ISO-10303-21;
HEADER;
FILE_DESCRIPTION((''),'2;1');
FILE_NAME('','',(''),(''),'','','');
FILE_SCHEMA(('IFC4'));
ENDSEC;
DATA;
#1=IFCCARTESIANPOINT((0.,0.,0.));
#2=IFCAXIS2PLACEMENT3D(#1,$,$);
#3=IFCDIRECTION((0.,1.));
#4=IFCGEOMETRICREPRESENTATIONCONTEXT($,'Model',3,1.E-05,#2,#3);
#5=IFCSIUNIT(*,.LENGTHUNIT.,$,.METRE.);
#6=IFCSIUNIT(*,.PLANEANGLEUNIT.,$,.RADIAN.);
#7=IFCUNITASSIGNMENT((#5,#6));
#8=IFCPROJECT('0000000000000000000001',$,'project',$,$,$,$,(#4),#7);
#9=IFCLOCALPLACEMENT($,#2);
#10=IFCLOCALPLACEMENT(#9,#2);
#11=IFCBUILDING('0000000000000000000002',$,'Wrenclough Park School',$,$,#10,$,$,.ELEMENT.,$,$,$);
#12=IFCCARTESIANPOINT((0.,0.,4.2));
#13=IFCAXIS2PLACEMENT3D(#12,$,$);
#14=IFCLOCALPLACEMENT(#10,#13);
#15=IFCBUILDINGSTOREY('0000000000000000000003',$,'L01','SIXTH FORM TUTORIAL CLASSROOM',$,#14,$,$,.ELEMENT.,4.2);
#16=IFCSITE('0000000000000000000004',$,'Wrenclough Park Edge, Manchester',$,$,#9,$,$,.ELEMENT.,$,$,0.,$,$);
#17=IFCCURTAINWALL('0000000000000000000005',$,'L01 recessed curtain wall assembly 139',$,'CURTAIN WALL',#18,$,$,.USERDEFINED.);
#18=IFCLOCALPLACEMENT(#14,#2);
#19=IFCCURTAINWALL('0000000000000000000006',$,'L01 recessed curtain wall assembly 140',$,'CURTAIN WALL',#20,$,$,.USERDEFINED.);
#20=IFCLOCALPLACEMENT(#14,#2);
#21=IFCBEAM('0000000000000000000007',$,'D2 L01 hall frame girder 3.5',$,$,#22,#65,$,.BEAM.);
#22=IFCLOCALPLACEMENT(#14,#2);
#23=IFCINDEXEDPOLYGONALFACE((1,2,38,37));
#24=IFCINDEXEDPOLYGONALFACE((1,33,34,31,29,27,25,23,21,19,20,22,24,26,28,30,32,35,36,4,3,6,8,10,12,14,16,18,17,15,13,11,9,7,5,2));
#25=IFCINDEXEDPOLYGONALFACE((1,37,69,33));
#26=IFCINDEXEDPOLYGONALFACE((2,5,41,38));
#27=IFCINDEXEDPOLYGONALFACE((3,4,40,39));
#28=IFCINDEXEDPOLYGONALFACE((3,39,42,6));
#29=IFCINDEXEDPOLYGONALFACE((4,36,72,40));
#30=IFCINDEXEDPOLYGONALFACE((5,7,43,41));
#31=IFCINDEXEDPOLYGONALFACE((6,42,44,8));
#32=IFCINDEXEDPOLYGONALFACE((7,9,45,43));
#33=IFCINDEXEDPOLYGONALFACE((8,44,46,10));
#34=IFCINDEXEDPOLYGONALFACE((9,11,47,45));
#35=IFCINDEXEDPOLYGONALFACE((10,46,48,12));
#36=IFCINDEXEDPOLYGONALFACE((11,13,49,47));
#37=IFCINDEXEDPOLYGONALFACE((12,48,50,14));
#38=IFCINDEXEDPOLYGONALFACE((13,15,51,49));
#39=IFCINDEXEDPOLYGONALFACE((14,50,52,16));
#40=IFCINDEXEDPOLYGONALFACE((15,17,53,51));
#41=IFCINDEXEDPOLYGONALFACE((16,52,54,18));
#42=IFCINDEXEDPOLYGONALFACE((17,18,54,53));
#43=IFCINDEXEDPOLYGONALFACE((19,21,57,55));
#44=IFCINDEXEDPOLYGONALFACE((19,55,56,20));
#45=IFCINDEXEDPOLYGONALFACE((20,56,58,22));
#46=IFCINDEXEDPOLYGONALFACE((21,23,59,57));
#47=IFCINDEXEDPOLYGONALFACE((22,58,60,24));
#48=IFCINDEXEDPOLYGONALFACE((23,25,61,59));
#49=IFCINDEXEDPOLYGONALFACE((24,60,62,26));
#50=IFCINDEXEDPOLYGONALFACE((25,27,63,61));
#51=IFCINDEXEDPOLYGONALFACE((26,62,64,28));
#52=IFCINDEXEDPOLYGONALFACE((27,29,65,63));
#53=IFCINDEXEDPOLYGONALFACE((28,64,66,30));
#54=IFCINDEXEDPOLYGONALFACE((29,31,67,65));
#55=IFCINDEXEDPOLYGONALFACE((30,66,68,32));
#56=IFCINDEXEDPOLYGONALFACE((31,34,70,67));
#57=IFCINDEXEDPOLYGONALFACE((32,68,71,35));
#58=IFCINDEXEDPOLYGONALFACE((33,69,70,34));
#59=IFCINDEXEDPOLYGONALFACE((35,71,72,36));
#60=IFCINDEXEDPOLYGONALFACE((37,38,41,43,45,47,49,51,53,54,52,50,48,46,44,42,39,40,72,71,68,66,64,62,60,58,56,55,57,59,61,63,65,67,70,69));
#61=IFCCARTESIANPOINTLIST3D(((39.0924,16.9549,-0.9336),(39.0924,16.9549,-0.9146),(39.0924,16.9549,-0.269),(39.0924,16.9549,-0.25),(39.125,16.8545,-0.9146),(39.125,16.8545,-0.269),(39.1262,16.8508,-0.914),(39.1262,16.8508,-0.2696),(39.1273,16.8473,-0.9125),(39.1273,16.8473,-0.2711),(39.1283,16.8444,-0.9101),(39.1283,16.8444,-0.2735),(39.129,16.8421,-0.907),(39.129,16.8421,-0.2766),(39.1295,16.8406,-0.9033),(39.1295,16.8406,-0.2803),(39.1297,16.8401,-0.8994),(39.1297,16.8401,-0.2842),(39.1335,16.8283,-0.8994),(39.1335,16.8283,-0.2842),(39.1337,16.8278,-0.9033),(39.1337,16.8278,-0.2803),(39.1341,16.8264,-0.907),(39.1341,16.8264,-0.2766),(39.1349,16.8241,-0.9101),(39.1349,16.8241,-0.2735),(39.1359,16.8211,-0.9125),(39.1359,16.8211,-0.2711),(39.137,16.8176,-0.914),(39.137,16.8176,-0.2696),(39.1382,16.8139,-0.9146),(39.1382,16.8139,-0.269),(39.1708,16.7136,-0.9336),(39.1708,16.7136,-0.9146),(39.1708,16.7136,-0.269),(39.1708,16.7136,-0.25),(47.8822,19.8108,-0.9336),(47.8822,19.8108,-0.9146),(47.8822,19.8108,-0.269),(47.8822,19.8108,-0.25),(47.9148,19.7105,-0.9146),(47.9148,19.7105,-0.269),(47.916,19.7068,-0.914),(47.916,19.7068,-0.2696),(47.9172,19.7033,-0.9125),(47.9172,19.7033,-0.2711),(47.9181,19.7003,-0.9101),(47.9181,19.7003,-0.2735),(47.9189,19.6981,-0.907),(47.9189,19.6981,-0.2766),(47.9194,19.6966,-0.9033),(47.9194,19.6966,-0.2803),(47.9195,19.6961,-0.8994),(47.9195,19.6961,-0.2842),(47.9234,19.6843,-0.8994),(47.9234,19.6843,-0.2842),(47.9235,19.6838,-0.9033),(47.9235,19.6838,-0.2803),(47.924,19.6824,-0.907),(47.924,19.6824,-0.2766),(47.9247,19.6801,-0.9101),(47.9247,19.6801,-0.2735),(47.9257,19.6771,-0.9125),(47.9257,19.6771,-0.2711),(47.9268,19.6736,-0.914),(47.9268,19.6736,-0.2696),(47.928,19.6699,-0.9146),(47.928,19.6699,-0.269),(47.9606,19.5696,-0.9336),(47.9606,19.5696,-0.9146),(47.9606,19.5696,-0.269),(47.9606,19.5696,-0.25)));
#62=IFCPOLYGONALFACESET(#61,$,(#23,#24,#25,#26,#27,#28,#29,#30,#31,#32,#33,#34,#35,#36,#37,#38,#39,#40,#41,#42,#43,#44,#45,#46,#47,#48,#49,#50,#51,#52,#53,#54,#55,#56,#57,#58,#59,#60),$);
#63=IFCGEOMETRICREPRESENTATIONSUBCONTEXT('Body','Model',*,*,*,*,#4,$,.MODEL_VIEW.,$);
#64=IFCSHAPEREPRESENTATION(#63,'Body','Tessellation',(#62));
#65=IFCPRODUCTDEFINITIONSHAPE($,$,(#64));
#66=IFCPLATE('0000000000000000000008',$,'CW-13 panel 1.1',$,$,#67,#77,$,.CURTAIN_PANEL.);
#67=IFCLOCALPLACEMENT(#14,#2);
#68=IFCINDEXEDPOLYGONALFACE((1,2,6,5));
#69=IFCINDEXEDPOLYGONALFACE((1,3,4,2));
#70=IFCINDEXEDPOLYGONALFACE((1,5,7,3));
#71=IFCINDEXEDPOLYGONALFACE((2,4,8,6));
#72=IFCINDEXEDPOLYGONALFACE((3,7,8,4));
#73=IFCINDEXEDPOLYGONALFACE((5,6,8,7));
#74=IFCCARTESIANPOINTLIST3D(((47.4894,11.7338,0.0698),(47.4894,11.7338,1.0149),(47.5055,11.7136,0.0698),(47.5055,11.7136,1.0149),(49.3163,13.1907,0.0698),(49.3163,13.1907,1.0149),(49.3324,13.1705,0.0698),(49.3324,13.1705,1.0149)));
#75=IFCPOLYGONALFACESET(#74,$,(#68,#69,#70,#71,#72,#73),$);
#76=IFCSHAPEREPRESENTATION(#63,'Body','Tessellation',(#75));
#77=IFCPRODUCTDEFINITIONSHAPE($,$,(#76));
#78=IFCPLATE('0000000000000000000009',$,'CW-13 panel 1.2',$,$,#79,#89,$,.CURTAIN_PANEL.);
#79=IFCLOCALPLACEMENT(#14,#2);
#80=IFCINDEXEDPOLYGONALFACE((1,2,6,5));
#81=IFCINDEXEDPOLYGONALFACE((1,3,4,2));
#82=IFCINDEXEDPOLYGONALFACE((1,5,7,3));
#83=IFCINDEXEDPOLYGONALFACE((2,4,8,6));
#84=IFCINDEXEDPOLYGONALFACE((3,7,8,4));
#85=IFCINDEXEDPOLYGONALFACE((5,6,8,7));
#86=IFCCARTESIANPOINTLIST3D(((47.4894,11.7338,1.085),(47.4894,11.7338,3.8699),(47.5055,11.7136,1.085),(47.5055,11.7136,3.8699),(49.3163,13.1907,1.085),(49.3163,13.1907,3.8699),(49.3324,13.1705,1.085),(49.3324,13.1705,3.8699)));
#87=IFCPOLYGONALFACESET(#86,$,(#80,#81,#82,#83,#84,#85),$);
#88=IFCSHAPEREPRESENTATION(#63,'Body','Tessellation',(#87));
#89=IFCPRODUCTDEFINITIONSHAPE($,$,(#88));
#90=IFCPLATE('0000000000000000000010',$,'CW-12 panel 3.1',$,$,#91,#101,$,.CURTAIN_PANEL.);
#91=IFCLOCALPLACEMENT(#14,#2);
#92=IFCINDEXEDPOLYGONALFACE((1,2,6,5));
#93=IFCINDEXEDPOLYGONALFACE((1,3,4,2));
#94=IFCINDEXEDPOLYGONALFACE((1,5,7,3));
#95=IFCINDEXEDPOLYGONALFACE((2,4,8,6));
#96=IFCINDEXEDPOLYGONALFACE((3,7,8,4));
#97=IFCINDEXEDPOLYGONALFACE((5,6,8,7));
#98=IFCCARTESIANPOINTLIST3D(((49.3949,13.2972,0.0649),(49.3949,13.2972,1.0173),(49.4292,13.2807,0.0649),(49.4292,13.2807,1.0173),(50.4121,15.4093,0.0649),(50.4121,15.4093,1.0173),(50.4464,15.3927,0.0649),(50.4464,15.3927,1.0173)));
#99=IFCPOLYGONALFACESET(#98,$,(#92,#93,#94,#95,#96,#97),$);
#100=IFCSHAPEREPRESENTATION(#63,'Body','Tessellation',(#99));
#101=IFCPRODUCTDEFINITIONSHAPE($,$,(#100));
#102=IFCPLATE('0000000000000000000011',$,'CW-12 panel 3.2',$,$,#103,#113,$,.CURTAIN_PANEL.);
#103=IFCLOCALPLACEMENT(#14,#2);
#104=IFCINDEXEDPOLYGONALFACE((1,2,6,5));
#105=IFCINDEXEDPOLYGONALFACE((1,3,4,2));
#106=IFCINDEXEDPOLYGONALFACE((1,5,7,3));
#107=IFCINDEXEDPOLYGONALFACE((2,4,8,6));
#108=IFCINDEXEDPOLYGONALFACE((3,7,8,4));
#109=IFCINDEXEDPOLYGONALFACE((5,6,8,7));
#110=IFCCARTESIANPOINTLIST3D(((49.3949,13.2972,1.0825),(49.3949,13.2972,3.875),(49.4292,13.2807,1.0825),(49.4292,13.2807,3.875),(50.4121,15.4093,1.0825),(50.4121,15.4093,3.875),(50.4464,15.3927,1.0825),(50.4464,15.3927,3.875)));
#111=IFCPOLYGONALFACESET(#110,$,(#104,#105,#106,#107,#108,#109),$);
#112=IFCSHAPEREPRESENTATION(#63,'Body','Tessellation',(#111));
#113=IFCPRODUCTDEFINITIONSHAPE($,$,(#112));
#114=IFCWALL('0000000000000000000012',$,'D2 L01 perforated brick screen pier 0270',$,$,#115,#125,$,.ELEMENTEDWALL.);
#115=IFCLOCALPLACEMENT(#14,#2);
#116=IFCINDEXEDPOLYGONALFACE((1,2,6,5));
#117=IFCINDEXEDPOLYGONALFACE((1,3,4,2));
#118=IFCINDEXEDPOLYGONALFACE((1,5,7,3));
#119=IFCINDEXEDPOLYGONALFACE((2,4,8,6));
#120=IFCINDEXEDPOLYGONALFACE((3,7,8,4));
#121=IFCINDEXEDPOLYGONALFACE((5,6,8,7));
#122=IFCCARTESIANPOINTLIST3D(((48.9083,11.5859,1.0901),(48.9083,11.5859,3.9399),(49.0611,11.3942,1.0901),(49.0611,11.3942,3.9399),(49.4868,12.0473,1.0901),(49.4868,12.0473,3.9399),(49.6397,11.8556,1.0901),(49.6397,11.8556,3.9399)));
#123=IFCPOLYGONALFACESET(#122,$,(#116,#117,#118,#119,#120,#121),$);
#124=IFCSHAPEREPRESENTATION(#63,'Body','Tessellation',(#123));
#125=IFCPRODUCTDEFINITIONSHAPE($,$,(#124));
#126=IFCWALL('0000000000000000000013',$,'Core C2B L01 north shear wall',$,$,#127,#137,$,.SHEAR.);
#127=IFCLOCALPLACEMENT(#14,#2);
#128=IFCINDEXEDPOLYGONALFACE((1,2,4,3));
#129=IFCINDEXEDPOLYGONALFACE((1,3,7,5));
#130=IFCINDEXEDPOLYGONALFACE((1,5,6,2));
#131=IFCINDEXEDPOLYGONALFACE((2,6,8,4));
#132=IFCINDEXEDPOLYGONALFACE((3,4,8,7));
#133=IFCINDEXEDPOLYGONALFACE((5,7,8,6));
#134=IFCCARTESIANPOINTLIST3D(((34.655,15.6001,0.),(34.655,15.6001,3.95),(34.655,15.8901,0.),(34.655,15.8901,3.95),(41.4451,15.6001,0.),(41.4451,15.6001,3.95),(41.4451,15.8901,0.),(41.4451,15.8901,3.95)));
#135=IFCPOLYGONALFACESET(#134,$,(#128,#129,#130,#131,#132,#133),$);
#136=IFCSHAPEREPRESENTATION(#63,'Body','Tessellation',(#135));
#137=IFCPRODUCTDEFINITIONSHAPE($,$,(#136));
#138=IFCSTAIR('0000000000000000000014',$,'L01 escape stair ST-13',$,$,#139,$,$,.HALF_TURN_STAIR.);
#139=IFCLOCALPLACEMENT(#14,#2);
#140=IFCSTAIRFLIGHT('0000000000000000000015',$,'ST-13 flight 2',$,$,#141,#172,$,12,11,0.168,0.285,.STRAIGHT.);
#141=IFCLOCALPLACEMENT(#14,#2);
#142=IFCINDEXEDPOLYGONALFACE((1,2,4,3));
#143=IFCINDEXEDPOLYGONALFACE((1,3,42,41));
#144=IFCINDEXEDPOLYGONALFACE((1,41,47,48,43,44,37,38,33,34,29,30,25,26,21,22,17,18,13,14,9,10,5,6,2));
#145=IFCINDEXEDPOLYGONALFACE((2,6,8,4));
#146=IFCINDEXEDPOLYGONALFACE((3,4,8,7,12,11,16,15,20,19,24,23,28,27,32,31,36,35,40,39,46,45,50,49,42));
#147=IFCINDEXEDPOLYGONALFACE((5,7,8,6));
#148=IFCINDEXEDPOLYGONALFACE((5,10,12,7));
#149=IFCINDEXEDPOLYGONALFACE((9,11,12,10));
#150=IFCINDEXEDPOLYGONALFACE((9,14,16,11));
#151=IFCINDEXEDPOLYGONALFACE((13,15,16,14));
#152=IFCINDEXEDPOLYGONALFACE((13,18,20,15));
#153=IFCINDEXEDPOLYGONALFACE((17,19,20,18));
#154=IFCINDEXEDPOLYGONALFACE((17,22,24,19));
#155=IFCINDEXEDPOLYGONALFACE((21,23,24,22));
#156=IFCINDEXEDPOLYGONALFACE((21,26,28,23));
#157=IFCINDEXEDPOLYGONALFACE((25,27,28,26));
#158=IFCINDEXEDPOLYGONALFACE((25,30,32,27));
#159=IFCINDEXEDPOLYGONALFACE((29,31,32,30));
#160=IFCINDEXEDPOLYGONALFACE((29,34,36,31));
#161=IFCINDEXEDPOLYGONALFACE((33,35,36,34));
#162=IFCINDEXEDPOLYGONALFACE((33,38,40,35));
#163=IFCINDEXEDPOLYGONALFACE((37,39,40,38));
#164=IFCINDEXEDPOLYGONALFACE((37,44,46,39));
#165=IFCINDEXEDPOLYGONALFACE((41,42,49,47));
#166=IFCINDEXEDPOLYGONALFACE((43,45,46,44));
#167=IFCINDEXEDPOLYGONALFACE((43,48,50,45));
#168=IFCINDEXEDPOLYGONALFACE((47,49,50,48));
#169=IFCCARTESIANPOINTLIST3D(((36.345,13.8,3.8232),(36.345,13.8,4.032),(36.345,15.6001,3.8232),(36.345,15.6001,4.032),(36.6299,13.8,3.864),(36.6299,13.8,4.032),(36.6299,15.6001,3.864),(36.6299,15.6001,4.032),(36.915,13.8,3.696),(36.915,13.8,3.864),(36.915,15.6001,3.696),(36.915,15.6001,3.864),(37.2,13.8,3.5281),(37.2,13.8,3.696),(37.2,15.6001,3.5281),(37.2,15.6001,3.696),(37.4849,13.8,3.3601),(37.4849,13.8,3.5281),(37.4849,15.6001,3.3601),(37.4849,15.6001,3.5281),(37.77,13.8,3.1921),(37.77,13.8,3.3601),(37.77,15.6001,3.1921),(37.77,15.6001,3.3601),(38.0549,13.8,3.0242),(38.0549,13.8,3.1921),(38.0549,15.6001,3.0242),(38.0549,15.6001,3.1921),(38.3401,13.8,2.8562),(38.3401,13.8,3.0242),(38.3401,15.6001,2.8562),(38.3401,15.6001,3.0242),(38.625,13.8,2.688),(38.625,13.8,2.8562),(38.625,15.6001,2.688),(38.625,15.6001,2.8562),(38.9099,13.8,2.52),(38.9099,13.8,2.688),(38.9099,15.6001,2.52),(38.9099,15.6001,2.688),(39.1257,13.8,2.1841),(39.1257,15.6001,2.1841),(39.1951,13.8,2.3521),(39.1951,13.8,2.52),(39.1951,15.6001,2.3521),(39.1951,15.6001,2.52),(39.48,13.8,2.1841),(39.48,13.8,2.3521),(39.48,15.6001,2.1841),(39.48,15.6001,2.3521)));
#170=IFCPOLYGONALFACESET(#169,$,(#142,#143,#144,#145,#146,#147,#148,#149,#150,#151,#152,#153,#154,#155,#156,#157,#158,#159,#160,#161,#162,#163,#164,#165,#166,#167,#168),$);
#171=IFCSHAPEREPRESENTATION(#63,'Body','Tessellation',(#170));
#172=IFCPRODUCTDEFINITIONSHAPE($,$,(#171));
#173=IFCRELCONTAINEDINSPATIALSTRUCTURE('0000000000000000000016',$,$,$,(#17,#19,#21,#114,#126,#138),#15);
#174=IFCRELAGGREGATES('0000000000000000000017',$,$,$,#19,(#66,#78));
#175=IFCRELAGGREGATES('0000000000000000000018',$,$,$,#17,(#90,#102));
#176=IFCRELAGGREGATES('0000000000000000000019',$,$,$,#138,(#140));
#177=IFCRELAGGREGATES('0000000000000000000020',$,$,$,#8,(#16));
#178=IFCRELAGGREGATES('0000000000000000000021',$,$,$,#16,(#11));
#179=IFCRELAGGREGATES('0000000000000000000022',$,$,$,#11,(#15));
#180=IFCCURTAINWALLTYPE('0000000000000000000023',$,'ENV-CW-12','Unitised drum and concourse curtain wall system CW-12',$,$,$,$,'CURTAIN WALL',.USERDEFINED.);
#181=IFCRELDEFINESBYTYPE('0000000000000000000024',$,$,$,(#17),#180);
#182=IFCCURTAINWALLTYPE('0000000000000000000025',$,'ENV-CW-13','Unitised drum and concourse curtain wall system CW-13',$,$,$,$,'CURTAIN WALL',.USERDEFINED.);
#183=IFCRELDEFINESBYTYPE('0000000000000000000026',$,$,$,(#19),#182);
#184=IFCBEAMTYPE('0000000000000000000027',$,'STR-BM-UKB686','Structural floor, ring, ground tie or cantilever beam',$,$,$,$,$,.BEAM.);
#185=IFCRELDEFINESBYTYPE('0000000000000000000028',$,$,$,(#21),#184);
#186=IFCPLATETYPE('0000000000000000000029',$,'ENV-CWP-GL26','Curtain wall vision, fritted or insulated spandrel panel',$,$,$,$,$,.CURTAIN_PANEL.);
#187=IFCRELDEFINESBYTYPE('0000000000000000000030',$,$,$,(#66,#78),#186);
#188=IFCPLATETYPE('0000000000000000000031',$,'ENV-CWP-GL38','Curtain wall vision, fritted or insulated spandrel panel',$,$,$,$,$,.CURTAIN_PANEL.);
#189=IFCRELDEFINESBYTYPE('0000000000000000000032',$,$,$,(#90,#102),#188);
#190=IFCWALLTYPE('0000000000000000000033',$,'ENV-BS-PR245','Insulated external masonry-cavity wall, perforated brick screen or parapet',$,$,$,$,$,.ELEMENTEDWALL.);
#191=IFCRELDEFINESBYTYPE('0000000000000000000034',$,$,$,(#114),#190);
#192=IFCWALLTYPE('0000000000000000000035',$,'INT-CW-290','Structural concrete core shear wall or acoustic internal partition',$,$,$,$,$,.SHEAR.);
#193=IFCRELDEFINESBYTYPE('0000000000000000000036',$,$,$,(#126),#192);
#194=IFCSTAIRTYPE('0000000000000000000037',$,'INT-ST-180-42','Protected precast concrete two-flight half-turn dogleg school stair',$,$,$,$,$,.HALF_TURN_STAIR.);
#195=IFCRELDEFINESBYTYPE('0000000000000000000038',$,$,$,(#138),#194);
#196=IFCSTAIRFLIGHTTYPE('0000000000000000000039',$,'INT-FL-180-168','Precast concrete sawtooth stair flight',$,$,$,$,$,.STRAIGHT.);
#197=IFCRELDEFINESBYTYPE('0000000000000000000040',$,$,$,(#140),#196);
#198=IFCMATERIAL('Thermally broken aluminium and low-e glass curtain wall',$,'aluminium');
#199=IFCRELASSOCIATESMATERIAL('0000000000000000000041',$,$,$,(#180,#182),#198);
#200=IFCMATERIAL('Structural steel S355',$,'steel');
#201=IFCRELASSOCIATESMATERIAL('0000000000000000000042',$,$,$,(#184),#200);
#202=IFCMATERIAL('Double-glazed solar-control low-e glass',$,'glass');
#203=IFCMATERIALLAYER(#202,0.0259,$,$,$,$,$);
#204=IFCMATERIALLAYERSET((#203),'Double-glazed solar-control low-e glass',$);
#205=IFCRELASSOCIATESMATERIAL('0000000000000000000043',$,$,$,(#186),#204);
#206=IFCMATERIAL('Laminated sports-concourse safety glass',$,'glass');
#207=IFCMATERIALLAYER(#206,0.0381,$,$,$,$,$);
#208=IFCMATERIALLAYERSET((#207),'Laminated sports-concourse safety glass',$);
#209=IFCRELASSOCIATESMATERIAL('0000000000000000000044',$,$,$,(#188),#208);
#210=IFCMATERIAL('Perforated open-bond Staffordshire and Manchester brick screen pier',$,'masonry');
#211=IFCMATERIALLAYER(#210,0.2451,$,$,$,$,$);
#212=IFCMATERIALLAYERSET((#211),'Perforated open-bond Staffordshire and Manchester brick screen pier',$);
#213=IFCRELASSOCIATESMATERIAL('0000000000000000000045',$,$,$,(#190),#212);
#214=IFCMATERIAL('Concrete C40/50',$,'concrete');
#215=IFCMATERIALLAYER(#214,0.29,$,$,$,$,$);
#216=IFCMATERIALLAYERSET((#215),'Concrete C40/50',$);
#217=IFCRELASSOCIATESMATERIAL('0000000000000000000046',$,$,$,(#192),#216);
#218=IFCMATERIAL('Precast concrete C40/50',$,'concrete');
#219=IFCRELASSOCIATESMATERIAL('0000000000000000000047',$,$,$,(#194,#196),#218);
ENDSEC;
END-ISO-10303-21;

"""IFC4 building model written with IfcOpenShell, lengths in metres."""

from ifc_helpers import new_model, si_unit, direction, frame, frame_2d, origin, origin_2d, place, context, subcontext, project, spatial, polyline, rectangle, i_section, outline, extrude, material, layer, layer_set, material_profile, profile_set, type_object, element, aggregate, save


model = new_model("IFC4")

# Units and contexts
model_context = context("Model", 3, precision=1e-05, world=origin(), true_north=direction((0.0, 1.0)))
body_context = subcontext(model_context, "Body", "Model", "MODEL_VIEW")
ifc_project = project(units=[si_unit("LENGTHUNIT", "METRE"), si_unit("PLANEANGLEUNIT", "RADIAN")], contexts=[model_context])

# Site, building, storey
site_placement = place(None, origin())
site = spatial("IfcSite", under=ifc_project, at=site_placement, Name="Wrenclough Park Edge, Manchester", CompositionType="ELEMENT", RefElevation=0.0)
building_placement = place(site_placement, origin())
building = spatial("IfcBuilding", under=site, at=building_placement, Name="Wrenclough Park School", CompositionType="ELEMENT")
storey_placement = place(building_placement, frame((0.0, 0.0, 4.2)))
storey = spatial("IfcBuildingStorey", under=building, at=storey_placement, Name="L01", Description="SIXTH FORM TUTORIAL CLASSROOM", CompositionType="ELEMENT", Elevation=4.2)

# Shared definitions
ifc_material_1 = material(Name="Concrete C40/50", Category="concrete")
ifc_material_2 = material(Name="Structural steel S355", Category="steel")

# Curtain wall
ifc_material_3 = material(Name="Thermally broken aluminium and low-e glass curtain wall", Category="aluminium")
curtain_wall_type_1 = type_object("IfcCurtainWallType", Name="ENV-CW-12", Description="Unitised drum and concourse curtain wall system CW-12", ElementType="CURTAIN WALL", PredefinedType="USERDEFINED", material=ifc_material_3)
curtain_wall_1_placement = place(storey_placement, origin())
curtain_wall_1 = element("IfcCurtainWall", 1, at=curtain_wall_1_placement, inside=storey, type_object=curtain_wall_type_1, Name="L01 recessed curtain wall assembly 139", ObjectType="CURTAIN WALL", PredefinedType="USERDEFINED")

# Curtain wall
curtain_wall_type_2 = type_object("IfcCurtainWallType", Name="ENV-CW-13", Description="Unitised drum and concourse curtain wall system CW-13", ElementType="CURTAIN WALL", PredefinedType="USERDEFINED", material=ifc_material_3)
curtain_wall_2_placement = place(storey_placement, origin())
curtain_wall_2 = element("IfcCurtainWall", 2, at=curtain_wall_2_placement, inside=storey, type_object=curtain_wall_type_2, Name="L01 recessed curtain wall assembly 140", ObjectType="CURTAIN WALL", PredefinedType="USERDEFINED")

# Beam
ifc_material_profile_1 = material_profile(ifc_material_2, i_section(OverallWidth=0.2537, OverallDepth=0.6836, WebThickness=0.0125, FlangeThickness=0.019, FilletRadius=0.0151, at=origin_2d()), Name="UKB 686x254x140")
ifc_profile_set_1 = profile_set([ifc_material_profile_1], Name="Structural steel S355")
beam_type_1 = type_object("IfcBeamType", Name="STR-BM-UKB686", Description="Structural floor, ring, ground tie or cantilever beam", PredefinedType="BEAM", material=ifc_profile_set_1)
beam_1_placement = place(storey_placement, frame((39.1316, 16.8342, -0.5918), z_axis=(0.951057, 0.309015, 0.0), x_axis=(-0.309015, 0.951057, 0.0)))
element("IfcBeam", 3, at=beam_1_placement, inside=storey, type_object=beam_type_1, Name="D2 L01 hall frame girder 3.5", PredefinedType="BEAM", context=body_context, shape_type="SweptSolid", body=[
    extrude(i_section(OverallWidth=0.2537, OverallDepth=0.6836, WebThickness=0.0125, FlangeThickness=0.019, FilletRadius=0.0151, at=origin_2d()), origin(), (0.0, 0.0, 1.0), 9.2422),
])

# Plates
ifc_material_4 = material(Name="Double-glazed solar-control low-e glass", Category="glass")
ifc_layer_1 = layer(ifc_material_4, 0.0259)
ifc_layer_set_1 = layer_set([ifc_layer_1], Name="Double-glazed solar-control low-e glass")
plate_type_1 = type_object("IfcPlateType", Name="ENV-CWP-GL26", Description="Curtain wall vision, fritted or insulated spandrel panel", PredefinedType="CURTAIN_PANEL", material=ifc_layer_set_1)
plate_1_placement = place(storey_placement, frame((48.4109, 12.4521, 0.0698), z_axis=(0.0, 0.0, 1.0), x_axis=(-0.781836, -0.623484, 0.0)))
plate_1 = element("IfcPlate", 4, at=plate_1_placement, type_object=plate_type_1, Name="CW-13 panel 1.1", PredefinedType="CURTAIN_PANEL", context=body_context, shape_type="SweptSolid", body=[
    extrude(rectangle(XDim=2.3367, YDim=0.0259, at=origin_2d()), origin(), (0.0, 0.0, 1.0), 0.9451),
])
plate_2_placement = place(storey_placement, frame((48.4109, 12.4521, 1.085), z_axis=(0.0, 0.0, 1.0), x_axis=(-0.781836, -0.623484, 0.0)))
plate_2 = element("IfcPlate", 5, at=plate_2_placement, type_object=plate_type_1, Name="CW-13 panel 1.2", PredefinedType="CURTAIN_PANEL", context=body_context, shape_type="SweptSolid", body=[
    extrude(rectangle(XDim=2.3367, YDim=0.0259, at=origin_2d()), origin(), (0.0, 0.0, 1.0), 2.7849),
])
aggregate(curtain_wall_2, [plate_1, plate_2])
ifc_material_5 = material(Name="Laminated sports-concourse safety glass", Category="glass")
ifc_layer_2 = layer(ifc_material_5, 0.0381)
ifc_layer_set_2 = layer_set([ifc_layer_2], Name="Laminated sports-concourse safety glass")
plate_type_2 = type_object("IfcPlateType", Name="ENV-CWP-GL38", Description="Curtain wall vision, fritted or insulated spandrel panel", PredefinedType="CURTAIN_PANEL", material=ifc_layer_set_2)
plate_3_placement = place(storey_placement, frame((49.9207, 14.345, 0.0649), z_axis=(0.0, 0.0, 1.0), x_axis=(-0.433895, -0.900964, 0.0)))
plate_3 = element("IfcPlate", 6, at=plate_3_placement, type_object=plate_type_2, Name="CW-12 panel 3.1", PredefinedType="CURTAIN_PANEL", context=body_context, shape_type="SweptSolid", body=[
    extrude(rectangle(XDim=2.3442, YDim=0.0381, at=origin_2d()), origin(), (0.0, 0.0, 1.0), 0.9524),
])
plate_4_placement = place(storey_placement, frame((49.9207, 14.345, 1.0825), z_axis=(0.0, 0.0, 1.0), x_axis=(-0.433895, -0.900964, 0.0)))
plate_4 = element("IfcPlate", 7, at=plate_4_placement, type_object=plate_type_2, Name="CW-12 panel 3.2", PredefinedType="CURTAIN_PANEL", context=body_context, shape_type="SweptSolid", body=[
    extrude(rectangle(XDim=2.3442, YDim=0.0381, at=origin_2d()), origin(), (0.0, 0.0, 1.0), 2.7925),
])
aggregate(curtain_wall_1, [plate_3, plate_4])

# Walls
ifc_material_6 = material(Name="Perforated open-bond Staffordshire and Manchester brick screen pier", Category="masonry")
ifc_layer_3 = layer(ifc_material_6, 0.2451)
ifc_layer_set_3 = layer_set([ifc_layer_3], Name="Perforated open-bond Staffordshire and Manchester brick screen pier")
wall_type_1 = type_object("IfcWallType", Name="ENV-BS-PR245", Description="Insulated external masonry-cavity wall, perforated brick screen or parapet", PredefinedType="ELEMENTEDWALL", material=ifc_layer_set_3)
wall_1_placement = place(storey_placement, frame((48.9846, 11.49, 1.0901), z_axis=(0.0, 0.0, 1.0), x_axis=(0.781833, 0.623487, 0.0)))
element("IfcWall", 8, at=wall_1_placement, inside=storey, type_object=wall_type_1, Name="D2 L01 perforated brick screen pier 0270", PredefinedType="ELEMENTEDWALL", context=body_context, shape_type="SweptSolid", body=[
    extrude(rectangle(XDim=0.74, YDim=0.2451, at=frame_2d((0.3701, 0.0))), origin(), (0.0, 0.0, 1.0), 2.8499),
])
ifc_layer_4 = layer(ifc_material_1, 0.29)
ifc_layer_set_4 = layer_set([ifc_layer_4], Name="Concrete C40/50")
wall_type_2 = type_object("IfcWallType", Name="INT-CW-290", Description="Structural concrete core shear wall or acoustic internal partition", PredefinedType="SHEAR", material=ifc_layer_set_4)
wall_2_placement = place(storey_placement, frame((41.4451, 15.7451, 0.0), z_axis=(0.0, 0.0, 1.0), x_axis=(-1.0, 0.0, 0.0)))
element("IfcWall", 9, at=wall_2_placement, inside=storey, type_object=wall_type_2, Name="Core C2B L01 north shear wall", PredefinedType="SHEAR", context=body_context, shape_type="SweptSolid", body=[
    extrude(rectangle(XDim=6.79, YDim=0.29, at=frame_2d((3.395, 0.0))), origin(), (0.0, 0.0, 1.0), 3.95),
])

# Stair, stair flight
ifc_material_7 = material(Name="Precast concrete C40/50", Category="concrete")
stair_type = type_object("IfcStairType", Name="INT-ST-180-42", Description="Protected precast concrete two-flight half-turn dogleg school stair", PredefinedType="HALF_TURN_STAIR", material=ifc_material_7)
stair_placement = place(storey_placement, origin())
stair = element("IfcStair", 10, at=stair_placement, inside=storey, type_object=stair_type, Name="L01 escape stair ST-13", PredefinedType="HALF_TURN_STAIR")
stair_flight_type = type_object("IfcStairFlightType", Name="INT-FL-180-168", Description="Precast concrete sawtooth stair flight", PredefinedType="STRAIGHT", material=ifc_material_7)
stair_flight_placement = place(storey_placement, frame((39.48, 14.7, 2.1841), z_axis=(0.0, 0.0, 1.0), x_axis=(-1.0, 0.0, 0.0)))
stair_flight = element("IfcStairFlight", 11, at=stair_flight_placement, type_object=stair_flight_type, Name="ST-13 flight 2", NumberOfRisers=12, NumberOfTreads=11, PredefinedType="STRAIGHT", RiserHeight=0.168, TreadLength=0.285, context=body_context, shape_type="SweptSolid", body=[
    extrude(outline(polyline([(0.0, 0.0), (0.0, 0.168), (0.2849, 0.168), (0.2849, 0.3359), (0.5701, 0.3359), (0.5701, 0.5039), (0.855, 0.5039), (0.855, 0.6721), (1.1399, 0.6721), (1.1399, 0.8401), (1.425, 0.8401), (1.425, 1.0081), (1.71, 1.0081), (1.71, 1.176), (1.9951, 1.176), (1.9951, 1.344), (2.28, 1.344), (2.28, 1.512), (2.5649, 1.512), (2.5649, 1.6799), (2.8501, 1.6799), (2.8501, 1.8479), (3.135, 1.8479), (3.135, 2.0161), (3.135, 1.6392), (0.3542, 0.0), (0.0, 0.0)])), frame((0.0, 0.8999, 0.0), z_axis=(0.0, -1.0, 0.0), x_axis=(1.0, 0.0, 0.0)), (0.0, 0.0, 1.0), 1.8),
])
aggregate(stair, [stair_flight])

save(model, "model.ifc")
